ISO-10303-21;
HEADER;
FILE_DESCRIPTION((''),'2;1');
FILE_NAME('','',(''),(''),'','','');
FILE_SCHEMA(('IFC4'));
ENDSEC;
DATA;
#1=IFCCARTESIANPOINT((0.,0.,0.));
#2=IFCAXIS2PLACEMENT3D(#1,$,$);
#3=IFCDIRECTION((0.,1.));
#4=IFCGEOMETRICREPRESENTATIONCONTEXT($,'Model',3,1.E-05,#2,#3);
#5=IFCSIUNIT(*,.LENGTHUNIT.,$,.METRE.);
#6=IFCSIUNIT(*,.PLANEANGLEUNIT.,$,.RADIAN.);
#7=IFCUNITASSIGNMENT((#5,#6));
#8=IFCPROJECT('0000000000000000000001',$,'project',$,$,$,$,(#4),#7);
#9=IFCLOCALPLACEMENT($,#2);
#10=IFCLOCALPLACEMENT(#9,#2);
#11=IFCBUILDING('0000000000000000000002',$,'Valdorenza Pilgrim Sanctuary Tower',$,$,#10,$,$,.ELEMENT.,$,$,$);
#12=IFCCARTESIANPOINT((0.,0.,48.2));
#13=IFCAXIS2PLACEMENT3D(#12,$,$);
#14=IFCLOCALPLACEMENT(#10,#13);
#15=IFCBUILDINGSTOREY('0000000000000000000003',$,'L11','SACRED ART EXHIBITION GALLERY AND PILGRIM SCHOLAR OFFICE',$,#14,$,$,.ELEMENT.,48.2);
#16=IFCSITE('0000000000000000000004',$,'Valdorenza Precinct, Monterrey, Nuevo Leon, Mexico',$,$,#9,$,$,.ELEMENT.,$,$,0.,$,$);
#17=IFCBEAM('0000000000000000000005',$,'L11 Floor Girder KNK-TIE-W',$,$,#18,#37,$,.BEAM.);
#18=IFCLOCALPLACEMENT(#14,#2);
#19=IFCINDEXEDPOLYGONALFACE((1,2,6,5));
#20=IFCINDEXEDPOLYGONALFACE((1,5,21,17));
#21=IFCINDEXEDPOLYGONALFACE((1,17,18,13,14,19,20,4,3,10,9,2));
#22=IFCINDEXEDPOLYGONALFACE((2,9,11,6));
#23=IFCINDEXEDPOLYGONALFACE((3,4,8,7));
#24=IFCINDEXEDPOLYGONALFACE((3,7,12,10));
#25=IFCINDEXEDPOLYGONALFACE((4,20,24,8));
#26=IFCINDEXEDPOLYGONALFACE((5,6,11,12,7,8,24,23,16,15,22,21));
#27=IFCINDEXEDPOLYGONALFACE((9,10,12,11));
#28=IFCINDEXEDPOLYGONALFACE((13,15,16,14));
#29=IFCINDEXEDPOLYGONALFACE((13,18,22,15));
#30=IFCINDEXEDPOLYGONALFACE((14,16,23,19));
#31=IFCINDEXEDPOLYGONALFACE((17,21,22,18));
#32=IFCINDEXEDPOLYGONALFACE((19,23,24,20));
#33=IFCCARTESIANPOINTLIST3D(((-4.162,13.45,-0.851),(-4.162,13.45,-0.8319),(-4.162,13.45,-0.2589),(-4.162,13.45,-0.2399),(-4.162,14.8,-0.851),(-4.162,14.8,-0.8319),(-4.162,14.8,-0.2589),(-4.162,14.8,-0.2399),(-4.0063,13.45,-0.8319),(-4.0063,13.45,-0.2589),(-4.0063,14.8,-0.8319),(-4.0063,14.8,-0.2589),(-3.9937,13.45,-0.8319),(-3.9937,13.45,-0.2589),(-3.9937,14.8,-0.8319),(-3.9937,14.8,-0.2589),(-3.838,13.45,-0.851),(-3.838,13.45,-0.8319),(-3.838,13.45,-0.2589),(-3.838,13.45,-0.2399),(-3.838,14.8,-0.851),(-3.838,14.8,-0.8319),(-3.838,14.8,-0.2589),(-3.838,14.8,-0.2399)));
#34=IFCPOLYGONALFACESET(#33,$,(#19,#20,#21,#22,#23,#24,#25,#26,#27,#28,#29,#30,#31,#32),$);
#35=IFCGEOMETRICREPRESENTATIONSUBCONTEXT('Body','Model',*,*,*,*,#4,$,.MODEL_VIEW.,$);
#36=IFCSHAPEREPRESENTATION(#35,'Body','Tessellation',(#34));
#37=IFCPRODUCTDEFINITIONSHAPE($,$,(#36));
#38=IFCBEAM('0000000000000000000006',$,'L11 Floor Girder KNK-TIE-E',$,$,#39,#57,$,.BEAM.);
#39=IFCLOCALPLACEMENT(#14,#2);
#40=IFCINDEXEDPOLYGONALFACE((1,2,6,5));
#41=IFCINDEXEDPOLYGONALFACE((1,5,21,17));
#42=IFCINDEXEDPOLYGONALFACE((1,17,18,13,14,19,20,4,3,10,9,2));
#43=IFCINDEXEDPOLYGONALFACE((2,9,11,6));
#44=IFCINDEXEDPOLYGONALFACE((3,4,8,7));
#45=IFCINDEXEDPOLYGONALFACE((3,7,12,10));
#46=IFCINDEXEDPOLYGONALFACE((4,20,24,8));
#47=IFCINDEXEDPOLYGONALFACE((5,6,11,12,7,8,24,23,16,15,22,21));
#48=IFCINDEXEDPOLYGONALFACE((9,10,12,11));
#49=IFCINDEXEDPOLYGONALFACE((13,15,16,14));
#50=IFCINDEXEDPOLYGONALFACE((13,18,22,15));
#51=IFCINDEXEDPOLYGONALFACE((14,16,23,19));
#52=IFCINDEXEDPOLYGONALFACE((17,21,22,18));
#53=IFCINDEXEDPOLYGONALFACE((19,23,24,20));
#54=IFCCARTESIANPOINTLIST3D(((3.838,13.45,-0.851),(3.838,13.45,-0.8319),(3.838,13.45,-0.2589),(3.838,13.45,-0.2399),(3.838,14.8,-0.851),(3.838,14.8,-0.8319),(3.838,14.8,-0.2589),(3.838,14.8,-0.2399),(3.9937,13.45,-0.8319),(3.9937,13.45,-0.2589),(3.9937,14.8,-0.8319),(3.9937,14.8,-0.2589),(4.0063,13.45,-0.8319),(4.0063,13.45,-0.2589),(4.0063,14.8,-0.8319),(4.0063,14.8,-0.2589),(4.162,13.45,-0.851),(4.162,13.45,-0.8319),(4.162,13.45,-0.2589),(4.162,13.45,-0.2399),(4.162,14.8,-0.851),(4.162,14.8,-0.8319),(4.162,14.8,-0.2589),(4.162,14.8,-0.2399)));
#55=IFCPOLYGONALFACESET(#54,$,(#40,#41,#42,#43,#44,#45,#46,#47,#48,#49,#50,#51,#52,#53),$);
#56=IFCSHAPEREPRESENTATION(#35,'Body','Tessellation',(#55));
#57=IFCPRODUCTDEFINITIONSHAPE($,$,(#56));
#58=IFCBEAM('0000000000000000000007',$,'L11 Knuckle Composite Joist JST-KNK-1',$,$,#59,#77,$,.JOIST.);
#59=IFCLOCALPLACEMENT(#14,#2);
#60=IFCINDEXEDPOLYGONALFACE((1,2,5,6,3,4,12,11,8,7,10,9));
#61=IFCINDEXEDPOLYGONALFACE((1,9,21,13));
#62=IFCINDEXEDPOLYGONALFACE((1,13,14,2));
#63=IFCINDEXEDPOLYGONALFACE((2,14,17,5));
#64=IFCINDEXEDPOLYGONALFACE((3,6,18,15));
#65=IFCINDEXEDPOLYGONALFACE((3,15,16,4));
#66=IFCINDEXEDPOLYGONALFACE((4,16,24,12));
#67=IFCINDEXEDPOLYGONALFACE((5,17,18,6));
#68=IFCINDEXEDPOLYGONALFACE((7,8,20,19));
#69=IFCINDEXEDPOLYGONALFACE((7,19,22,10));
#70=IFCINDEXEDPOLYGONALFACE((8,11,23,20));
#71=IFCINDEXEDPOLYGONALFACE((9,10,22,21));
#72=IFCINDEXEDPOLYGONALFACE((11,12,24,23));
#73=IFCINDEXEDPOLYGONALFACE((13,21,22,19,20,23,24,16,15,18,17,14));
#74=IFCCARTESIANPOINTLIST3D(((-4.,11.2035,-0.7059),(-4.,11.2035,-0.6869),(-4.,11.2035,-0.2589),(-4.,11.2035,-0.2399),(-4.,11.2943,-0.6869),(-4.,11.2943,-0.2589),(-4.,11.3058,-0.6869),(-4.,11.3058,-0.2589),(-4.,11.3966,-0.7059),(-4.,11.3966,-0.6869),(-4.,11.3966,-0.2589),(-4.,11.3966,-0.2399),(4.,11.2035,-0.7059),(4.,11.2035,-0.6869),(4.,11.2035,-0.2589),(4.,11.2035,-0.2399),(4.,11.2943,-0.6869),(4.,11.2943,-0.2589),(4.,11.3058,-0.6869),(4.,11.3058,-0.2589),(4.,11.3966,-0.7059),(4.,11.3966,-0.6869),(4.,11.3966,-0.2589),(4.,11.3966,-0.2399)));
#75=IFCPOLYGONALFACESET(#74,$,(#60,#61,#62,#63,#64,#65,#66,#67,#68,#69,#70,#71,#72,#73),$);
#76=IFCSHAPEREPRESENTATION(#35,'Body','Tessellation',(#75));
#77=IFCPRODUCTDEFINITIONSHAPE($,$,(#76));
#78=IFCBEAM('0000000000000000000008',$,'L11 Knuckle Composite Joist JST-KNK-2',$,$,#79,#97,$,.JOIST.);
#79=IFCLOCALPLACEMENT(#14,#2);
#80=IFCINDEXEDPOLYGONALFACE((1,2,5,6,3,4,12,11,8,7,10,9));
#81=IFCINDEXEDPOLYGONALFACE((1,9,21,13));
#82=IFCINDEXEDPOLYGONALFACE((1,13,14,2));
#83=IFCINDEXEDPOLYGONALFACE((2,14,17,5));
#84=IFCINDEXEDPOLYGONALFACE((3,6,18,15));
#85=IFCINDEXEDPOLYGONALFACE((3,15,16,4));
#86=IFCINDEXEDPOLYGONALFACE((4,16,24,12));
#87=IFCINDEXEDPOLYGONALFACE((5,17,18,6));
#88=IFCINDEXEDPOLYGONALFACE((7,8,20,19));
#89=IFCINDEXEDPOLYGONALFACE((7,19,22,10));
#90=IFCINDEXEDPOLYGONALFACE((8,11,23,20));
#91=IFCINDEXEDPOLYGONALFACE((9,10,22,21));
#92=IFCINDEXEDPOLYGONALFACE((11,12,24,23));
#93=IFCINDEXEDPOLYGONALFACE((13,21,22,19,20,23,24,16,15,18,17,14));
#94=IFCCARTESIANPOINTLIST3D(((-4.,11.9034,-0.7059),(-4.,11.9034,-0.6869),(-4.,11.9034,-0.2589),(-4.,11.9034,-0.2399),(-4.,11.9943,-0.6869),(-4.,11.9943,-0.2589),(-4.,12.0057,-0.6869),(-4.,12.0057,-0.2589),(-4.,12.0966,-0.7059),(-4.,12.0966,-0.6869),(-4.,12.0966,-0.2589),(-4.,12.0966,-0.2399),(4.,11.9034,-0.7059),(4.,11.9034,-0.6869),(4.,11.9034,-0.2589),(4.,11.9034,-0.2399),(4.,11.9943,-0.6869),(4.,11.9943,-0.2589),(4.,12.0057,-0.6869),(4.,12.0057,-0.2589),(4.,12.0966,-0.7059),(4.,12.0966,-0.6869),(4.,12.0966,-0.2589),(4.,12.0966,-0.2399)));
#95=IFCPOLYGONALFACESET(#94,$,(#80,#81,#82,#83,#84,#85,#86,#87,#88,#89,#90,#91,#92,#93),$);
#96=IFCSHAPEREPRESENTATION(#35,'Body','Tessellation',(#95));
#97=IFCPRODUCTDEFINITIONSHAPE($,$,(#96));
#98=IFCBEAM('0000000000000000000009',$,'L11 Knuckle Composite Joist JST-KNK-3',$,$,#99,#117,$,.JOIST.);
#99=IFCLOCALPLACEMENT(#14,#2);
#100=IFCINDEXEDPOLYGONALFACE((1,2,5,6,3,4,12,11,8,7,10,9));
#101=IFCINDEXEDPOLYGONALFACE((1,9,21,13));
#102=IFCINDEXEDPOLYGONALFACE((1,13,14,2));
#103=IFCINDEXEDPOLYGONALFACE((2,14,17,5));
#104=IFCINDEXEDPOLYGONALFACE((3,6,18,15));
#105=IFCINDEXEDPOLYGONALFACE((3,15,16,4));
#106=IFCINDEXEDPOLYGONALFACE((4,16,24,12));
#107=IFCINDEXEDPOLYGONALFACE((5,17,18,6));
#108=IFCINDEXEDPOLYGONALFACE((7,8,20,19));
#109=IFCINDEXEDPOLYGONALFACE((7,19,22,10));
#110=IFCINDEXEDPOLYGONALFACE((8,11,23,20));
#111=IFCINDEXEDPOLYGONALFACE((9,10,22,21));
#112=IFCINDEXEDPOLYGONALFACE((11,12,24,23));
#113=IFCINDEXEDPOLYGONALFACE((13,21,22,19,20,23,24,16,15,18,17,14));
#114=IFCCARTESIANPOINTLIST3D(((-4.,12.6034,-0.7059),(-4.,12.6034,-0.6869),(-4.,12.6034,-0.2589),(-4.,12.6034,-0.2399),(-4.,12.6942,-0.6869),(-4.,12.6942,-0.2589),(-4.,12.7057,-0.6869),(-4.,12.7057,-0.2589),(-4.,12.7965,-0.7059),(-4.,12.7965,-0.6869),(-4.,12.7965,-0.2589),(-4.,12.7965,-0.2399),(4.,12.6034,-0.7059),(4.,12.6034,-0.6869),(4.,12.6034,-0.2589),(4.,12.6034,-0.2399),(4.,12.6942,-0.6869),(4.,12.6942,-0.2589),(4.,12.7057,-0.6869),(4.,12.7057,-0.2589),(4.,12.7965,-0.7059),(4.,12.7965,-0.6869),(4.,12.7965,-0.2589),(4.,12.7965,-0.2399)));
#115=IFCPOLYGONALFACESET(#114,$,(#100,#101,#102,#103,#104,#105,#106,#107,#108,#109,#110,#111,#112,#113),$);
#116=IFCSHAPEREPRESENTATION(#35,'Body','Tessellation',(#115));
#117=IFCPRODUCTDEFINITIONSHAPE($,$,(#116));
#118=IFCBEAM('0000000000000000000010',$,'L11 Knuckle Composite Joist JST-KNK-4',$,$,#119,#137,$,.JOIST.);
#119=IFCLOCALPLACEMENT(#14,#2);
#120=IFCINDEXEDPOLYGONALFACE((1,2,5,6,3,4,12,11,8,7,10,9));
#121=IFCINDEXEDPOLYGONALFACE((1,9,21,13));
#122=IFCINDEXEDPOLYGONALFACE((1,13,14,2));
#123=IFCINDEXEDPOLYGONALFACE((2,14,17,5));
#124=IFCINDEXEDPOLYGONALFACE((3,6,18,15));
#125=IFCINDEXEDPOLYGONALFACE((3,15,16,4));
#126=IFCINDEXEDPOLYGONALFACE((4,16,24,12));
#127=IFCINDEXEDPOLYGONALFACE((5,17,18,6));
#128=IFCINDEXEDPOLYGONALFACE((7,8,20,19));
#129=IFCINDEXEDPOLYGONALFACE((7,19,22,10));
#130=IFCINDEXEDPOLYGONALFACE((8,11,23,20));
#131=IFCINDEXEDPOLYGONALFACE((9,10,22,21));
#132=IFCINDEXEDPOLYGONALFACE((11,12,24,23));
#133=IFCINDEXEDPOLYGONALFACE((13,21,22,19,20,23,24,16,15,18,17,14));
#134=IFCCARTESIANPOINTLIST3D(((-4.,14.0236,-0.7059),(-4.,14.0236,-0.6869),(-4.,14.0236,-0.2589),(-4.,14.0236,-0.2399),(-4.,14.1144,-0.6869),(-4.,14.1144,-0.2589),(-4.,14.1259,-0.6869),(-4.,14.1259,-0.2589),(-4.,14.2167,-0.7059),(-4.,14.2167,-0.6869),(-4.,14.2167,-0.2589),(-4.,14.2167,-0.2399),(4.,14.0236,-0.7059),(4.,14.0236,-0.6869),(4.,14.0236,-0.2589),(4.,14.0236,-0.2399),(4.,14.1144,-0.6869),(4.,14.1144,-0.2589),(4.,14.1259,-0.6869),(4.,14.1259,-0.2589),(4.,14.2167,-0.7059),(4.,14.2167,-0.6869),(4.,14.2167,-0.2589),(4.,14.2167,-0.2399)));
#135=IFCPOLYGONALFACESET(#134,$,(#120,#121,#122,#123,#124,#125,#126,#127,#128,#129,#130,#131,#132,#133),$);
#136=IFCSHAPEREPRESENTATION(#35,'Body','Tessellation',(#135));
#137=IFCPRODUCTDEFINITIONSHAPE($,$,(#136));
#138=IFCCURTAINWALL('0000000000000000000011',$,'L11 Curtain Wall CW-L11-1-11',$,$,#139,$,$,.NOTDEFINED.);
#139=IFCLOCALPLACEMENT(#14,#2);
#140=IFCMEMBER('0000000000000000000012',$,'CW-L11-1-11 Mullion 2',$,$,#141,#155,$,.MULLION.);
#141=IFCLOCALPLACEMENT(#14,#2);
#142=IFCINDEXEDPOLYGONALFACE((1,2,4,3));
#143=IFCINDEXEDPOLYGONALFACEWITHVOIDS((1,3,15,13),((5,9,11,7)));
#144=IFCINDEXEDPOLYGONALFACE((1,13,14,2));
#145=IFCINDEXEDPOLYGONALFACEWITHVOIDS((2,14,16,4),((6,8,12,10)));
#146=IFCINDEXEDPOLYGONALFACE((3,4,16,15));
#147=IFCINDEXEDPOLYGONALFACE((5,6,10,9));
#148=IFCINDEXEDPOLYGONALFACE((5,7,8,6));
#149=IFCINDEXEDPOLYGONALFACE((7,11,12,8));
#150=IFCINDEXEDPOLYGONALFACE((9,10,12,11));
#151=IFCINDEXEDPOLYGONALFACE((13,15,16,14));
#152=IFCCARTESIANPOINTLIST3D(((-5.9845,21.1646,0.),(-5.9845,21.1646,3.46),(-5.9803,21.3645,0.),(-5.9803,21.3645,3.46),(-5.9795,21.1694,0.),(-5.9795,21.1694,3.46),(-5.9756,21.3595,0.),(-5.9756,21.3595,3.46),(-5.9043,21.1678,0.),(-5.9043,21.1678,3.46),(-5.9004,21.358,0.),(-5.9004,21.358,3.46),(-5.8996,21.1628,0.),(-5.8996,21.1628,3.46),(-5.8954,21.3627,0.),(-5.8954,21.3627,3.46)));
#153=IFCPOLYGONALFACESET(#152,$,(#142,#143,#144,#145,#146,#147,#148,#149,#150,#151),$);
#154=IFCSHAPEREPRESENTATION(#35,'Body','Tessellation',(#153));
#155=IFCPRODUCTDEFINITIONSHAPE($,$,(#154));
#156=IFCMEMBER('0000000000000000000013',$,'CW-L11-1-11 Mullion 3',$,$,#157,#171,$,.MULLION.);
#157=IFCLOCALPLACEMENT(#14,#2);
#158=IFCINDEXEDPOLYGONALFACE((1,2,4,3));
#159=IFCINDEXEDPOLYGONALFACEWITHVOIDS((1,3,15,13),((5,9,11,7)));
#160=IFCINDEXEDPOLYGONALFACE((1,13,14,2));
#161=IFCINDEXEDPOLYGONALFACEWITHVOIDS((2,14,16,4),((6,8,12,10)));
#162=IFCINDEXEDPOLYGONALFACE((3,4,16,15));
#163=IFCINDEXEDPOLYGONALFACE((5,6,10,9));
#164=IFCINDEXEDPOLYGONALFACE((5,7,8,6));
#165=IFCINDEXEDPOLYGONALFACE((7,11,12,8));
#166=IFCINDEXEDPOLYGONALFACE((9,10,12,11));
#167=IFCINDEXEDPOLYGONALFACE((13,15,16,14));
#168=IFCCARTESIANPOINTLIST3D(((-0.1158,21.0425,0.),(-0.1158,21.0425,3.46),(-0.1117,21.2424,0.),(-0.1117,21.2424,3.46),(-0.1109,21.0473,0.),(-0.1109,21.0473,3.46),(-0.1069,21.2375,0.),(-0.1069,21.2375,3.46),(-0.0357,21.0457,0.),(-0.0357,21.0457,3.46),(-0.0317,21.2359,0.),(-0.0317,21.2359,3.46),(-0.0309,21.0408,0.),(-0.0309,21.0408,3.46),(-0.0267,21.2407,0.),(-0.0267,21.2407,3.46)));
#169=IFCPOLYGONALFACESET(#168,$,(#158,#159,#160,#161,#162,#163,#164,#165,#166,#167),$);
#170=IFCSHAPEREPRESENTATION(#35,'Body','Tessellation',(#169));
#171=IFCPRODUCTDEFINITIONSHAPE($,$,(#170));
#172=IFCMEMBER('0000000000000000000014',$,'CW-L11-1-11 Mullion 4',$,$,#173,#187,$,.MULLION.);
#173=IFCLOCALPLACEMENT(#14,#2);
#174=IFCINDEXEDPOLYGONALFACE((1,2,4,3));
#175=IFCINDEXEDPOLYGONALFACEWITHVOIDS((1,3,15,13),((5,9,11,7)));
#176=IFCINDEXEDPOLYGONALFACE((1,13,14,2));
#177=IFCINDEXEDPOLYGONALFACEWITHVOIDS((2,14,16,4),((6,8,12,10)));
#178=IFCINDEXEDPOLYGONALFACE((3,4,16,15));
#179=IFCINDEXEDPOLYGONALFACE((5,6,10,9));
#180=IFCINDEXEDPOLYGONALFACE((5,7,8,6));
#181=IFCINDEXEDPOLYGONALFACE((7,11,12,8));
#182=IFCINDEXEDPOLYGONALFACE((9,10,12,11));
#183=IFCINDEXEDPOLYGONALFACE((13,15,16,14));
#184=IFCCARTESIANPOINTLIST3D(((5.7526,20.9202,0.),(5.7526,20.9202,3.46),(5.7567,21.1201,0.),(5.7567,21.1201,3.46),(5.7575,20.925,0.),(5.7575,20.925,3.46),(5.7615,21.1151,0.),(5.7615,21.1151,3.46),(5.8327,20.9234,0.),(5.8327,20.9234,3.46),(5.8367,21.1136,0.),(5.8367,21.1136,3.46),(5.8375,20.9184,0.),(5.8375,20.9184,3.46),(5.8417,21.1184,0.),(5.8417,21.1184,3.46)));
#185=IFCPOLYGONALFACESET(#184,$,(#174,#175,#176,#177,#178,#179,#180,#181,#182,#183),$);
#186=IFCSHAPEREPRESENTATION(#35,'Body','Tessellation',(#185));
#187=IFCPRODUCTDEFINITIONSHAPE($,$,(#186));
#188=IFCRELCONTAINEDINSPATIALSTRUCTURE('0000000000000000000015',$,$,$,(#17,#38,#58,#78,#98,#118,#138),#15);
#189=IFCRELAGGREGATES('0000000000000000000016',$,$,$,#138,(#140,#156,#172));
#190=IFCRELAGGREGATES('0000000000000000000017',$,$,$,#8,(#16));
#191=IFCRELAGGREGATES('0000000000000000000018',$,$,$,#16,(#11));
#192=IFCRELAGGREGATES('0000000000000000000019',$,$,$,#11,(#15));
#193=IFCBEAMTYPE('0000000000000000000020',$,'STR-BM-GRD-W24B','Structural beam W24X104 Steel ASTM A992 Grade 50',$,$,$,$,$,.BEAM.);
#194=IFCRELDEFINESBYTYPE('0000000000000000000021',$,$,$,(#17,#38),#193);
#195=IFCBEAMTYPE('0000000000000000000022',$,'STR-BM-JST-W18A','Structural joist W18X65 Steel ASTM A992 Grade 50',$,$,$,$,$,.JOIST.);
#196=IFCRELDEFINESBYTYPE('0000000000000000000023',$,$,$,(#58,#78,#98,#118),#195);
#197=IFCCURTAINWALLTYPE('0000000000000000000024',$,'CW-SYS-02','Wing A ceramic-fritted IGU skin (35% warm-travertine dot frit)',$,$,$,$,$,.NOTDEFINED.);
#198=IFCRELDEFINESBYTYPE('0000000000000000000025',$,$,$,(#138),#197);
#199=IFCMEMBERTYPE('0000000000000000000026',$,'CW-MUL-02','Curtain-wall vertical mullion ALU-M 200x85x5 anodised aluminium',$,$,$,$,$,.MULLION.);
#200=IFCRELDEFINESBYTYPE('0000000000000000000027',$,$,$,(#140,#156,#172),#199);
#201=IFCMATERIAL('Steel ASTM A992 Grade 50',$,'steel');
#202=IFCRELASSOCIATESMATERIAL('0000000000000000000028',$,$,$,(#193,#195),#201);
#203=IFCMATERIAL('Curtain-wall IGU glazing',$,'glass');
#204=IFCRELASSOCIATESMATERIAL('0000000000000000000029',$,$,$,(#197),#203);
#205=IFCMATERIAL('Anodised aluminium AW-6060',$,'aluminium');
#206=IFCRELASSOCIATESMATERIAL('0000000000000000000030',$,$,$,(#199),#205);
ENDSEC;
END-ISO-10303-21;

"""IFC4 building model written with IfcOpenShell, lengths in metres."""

from ifc_helpers import new_model, si_unit, direction, frame, origin, origin_2d, place, context, subcontext, project, spatial, hollow_rectangle, i_section, extrude, source, transform, mapped, material, material_profile, profile_set, type_object, element, aggregate, save


model = new_model("IFC4")

# Units and contexts
model_context = context("Model", 3, precision=1e-05, world=origin(), true_north=direction((0.0, 1.0)))
body_context = subcontext(model_context, "Body", "Model", "MODEL_VIEW")
ifc_project = project(units=[si_unit("LENGTHUNIT", "METRE"), si_unit("PLANEANGLEUNIT", "RADIAN")], contexts=[model_context])

# Site, building, storey
site_placement = place(None, origin())
site = spatial("IfcSite", under=ifc_project, at=site_placement, Name="Valdorenza Precinct, Monterrey, Nuevo Leon, Mexico", CompositionType="ELEMENT", RefElevation=0.0)
building_placement = place(site_placement, origin())
building = spatial("IfcBuilding", under=site, at=building_placement, Name="Valdorenza Pilgrim Sanctuary Tower", CompositionType="ELEMENT")
storey_placement = place(building_placement, frame((0.0, 0.0, 48.2)))
storey = spatial("IfcBuildingStorey", under=building, at=storey_placement, Name="L11", Description="SACRED ART EXHIBITION GALLERY AND PILGRIM SCHOLAR OFFICE", CompositionType="ELEMENT", Elevation=48.2)

# Shared definitions
ifc_material_1 = material(Name="Steel ASTM A992 Grade 50", Category="steel")

# Beams
ifc_material_profile_1 = material_profile(ifc_material_1, i_section(OverallWidth=0.324, OverallDepth=0.6111, WebThickness=0.0127, FlangeThickness=0.019, at=origin_2d()), Name="W24X104")
ifc_profile_set_1 = profile_set([ifc_material_profile_1], Name="Steel ASTM A992 Grade 50")
beam_type_1 = type_object("IfcBeamType", Name="STR-BM-GRD-W24B", Description="Structural beam W24X104 Steel ASTM A992 Grade 50", PredefinedType="BEAM", material=ifc_profile_set_1)
shared_shape_1 = source(origin(), body_context, "Body", "SweptSolid", [
    extrude(i_section(OverallWidth=0.324, OverallDepth=0.6111, WebThickness=0.0127, FlangeThickness=0.019, at=origin_2d()), origin(), (0.0, 0.0, 1.0), 1.3501),
])
for number, where, z_axis, x_axis, name in (
    (1, (-4.0, 13.45, -0.5454), (0.0, 1.0, 0.0), (-1.0, 0.0, 0.0), "L11 Floor Girder KNK-TIE-W"),
    (2, (4.0, 13.45, -0.5454), (0.0, 1.0, 0.0), (-1.0, 0.0, 0.0), "L11 Floor Girder KNK-TIE-E"),
):
    element("IfcBeam", number, at=place(storey_placement, frame(where, z_axis=z_axis, x_axis=x_axis)), inside=storey, type_object=beam_type_1, Name=name, PredefinedType="BEAM", context=body_context, shape_type="MappedRepresentation", body=[
        mapped(shared_shape_1, transform((0.0, 0.0, 0.0), x_axis=(1.0, 0.0, 0.0), y_axis=(0.0, 1.0, 0.0), z_axis=(0.0, 0.0, 1.0), scale=1.0)),
    ])
ifc_material_profile_2 = material_profile(ifc_material_1, i_section(OverallWidth=0.1931, OverallDepth=0.4661, WebThickness=0.0115, FlangeThickness=0.019, at=origin_2d()), Name="W18X65")
ifc_profile_set_2 = profile_set([ifc_material_profile_2], Name="Steel ASTM A992 Grade 50")
beam_type_2 = type_object("IfcBeamType", Name="STR-BM-JST-W18A", Description="Structural joist W18X65 Steel ASTM A992 Grade 50", PredefinedType="JOIST", material=ifc_profile_set_2)
shared_shape_2 = source(origin(), body_context, "Body", "SweptSolid", [
    extrude(i_section(OverallWidth=0.1931, OverallDepth=0.4661, WebThickness=0.0115, FlangeThickness=0.019, at=origin_2d()), origin(), (0.0, 0.0, 1.0), 8.0),
])
for number, where, z_axis, x_axis, name in (
    (3, (-4.0, 11.3, -0.4729), (1.0, 0.0, 0.0), (0.0, 1.0, 0.0), "L11 Knuckle Composite Joist JST-KNK-1"),
    (4, (-4.0, 12.0, -0.4729), (1.0, 0.0, 0.0), (0.0, 1.0, 0.0), "L11 Knuckle Composite Joist JST-KNK-2"),
    (5, (-4.0, 12.7, -0.4729), (1.0, 0.0, 0.0), (0.0, 1.0, 0.0), "L11 Knuckle Composite Joist JST-KNK-3"),
    (6, (-4.0, 14.1201, -0.4729), (1.0, 0.0, 0.0), (0.0, 1.0, 0.0), "L11 Knuckle Composite Joist JST-KNK-4"),
):
    element("IfcBeam", number, at=place(storey_placement, frame(where, z_axis=z_axis, x_axis=x_axis)), inside=storey, type_object=beam_type_2, Name=name, PredefinedType="JOIST", context=body_context, shape_type="MappedRepresentation", body=[
        mapped(shared_shape_2, transform((0.0, 0.0, 0.0), x_axis=(1.0, 0.0, 0.0), y_axis=(0.0, 1.0, 0.0), z_axis=(0.0, 0.0, 1.0), scale=1.0)),
    ])

# Curtain wall, members
ifc_material_2 = material(Name="Curtain-wall IGU glazing", Category="glass")
curtain_wall_type = type_object("IfcCurtainWallType", Name="CW-SYS-02", Description="Wing A ceramic-fritted IGU skin (35% warm-travertine dot frit)", PredefinedType="NOTDEFINED", material=ifc_material_2)
curtain_wall_1_placement = place(storey_placement, origin())
curtain_wall_1 = element("IfcCurtainWall", 7, at=curtain_wall_1_placement, inside=storey, type_object=curtain_wall_type, Name="L11 Curtain Wall CW-L11-1-11", PredefinedType="NOTDEFINED")
ifc_material_3 = material(Name="Anodised aluminium AW-6060", Category="aluminium")
ifc_material_profile_3 = material_profile(ifc_material_3, hollow_rectangle(XDim=0.085, YDim=0.2, WallThickness=0.0049, at=origin_2d()), Name="ALU-M 200x85x5")
ifc_profile_set_3 = profile_set([ifc_material_profile_3], Name="Anodised aluminium AW-6060")
member_type = type_object("IfcMemberType", Name="CW-MUL-02", Description="Curtain-wall vertical mullion ALU-M 200x85x5 anodised aluminium", PredefinedType="MULLION", material=ifc_profile_set_3)
shared_shape_3 = source(origin(), body_context, "Body", "SweptSolid", [
    extrude(hollow_rectangle(XDim=0.085, YDim=0.2, WallThickness=0.0049, at=origin_2d()), origin(), (0.0, 0.0, 1.0), 3.46),
])
member_1_placement = place(storey_placement, frame((-5.9399, 21.2637, 0.0), z_axis=(0.0, 0.0, 1.0), x_axis=(0.999783, -0.02082, 0.0)))
member_1 = element("IfcMember", 8, at=member_1_placement, type_object=member_type, Name="CW-L11-1-11 Mullion 2", PredefinedType="MULLION", context=body_context, shape_type="MappedRepresentation", body=[
    mapped(shared_shape_3, transform((0.0, 0.0, 0.0), x_axis=(1.0, 0.0, 0.0), y_axis=(0.0, 1.0, 0.0), z_axis=(0.0, 0.0, 1.0), scale=1.0)),
])
member_2_placement = place(storey_placement, frame((-0.0713, 21.1416, 0.0), z_axis=(0.0, 0.0, 1.0), x_axis=(0.999783, -0.02082, 0.0)))
member_2 = element("IfcMember", 9, at=member_2_placement, type_object=member_type, Name="CW-L11-1-11 Mullion 3", PredefinedType="MULLION", context=body_context, shape_type="MappedRepresentation", body=[
    mapped(shared_shape_3, transform((0.0, 0.0, 0.0), x_axis=(1.0, 0.0, 0.0), y_axis=(0.0, 1.0, 0.0), z_axis=(0.0, 0.0, 1.0), scale=1.0)),
])
member_3_placement = place(storey_placement, frame((5.7971, 21.0193, 0.0), z_axis=(0.0, 0.0, 1.0), x_axis=(0.999783, -0.02082, 0.0)))
member_3 = element("IfcMember", 10, at=member_3_placement, type_object=member_type, Name="CW-L11-1-11 Mullion 4", PredefinedType="MULLION", context=body_context, shape_type="MappedRepresentation", body=[
    mapped(shared_shape_3, transform((0.0, 0.0, 0.0), x_axis=(1.0, 0.0, 0.0), y_axis=(0.0, 1.0, 0.0), z_axis=(0.0, 0.0, 1.0), scale=1.0)),
])

aggregate(curtain_wall_1, [member_1, member_2, member_3])

save(model, "model.ifc")
